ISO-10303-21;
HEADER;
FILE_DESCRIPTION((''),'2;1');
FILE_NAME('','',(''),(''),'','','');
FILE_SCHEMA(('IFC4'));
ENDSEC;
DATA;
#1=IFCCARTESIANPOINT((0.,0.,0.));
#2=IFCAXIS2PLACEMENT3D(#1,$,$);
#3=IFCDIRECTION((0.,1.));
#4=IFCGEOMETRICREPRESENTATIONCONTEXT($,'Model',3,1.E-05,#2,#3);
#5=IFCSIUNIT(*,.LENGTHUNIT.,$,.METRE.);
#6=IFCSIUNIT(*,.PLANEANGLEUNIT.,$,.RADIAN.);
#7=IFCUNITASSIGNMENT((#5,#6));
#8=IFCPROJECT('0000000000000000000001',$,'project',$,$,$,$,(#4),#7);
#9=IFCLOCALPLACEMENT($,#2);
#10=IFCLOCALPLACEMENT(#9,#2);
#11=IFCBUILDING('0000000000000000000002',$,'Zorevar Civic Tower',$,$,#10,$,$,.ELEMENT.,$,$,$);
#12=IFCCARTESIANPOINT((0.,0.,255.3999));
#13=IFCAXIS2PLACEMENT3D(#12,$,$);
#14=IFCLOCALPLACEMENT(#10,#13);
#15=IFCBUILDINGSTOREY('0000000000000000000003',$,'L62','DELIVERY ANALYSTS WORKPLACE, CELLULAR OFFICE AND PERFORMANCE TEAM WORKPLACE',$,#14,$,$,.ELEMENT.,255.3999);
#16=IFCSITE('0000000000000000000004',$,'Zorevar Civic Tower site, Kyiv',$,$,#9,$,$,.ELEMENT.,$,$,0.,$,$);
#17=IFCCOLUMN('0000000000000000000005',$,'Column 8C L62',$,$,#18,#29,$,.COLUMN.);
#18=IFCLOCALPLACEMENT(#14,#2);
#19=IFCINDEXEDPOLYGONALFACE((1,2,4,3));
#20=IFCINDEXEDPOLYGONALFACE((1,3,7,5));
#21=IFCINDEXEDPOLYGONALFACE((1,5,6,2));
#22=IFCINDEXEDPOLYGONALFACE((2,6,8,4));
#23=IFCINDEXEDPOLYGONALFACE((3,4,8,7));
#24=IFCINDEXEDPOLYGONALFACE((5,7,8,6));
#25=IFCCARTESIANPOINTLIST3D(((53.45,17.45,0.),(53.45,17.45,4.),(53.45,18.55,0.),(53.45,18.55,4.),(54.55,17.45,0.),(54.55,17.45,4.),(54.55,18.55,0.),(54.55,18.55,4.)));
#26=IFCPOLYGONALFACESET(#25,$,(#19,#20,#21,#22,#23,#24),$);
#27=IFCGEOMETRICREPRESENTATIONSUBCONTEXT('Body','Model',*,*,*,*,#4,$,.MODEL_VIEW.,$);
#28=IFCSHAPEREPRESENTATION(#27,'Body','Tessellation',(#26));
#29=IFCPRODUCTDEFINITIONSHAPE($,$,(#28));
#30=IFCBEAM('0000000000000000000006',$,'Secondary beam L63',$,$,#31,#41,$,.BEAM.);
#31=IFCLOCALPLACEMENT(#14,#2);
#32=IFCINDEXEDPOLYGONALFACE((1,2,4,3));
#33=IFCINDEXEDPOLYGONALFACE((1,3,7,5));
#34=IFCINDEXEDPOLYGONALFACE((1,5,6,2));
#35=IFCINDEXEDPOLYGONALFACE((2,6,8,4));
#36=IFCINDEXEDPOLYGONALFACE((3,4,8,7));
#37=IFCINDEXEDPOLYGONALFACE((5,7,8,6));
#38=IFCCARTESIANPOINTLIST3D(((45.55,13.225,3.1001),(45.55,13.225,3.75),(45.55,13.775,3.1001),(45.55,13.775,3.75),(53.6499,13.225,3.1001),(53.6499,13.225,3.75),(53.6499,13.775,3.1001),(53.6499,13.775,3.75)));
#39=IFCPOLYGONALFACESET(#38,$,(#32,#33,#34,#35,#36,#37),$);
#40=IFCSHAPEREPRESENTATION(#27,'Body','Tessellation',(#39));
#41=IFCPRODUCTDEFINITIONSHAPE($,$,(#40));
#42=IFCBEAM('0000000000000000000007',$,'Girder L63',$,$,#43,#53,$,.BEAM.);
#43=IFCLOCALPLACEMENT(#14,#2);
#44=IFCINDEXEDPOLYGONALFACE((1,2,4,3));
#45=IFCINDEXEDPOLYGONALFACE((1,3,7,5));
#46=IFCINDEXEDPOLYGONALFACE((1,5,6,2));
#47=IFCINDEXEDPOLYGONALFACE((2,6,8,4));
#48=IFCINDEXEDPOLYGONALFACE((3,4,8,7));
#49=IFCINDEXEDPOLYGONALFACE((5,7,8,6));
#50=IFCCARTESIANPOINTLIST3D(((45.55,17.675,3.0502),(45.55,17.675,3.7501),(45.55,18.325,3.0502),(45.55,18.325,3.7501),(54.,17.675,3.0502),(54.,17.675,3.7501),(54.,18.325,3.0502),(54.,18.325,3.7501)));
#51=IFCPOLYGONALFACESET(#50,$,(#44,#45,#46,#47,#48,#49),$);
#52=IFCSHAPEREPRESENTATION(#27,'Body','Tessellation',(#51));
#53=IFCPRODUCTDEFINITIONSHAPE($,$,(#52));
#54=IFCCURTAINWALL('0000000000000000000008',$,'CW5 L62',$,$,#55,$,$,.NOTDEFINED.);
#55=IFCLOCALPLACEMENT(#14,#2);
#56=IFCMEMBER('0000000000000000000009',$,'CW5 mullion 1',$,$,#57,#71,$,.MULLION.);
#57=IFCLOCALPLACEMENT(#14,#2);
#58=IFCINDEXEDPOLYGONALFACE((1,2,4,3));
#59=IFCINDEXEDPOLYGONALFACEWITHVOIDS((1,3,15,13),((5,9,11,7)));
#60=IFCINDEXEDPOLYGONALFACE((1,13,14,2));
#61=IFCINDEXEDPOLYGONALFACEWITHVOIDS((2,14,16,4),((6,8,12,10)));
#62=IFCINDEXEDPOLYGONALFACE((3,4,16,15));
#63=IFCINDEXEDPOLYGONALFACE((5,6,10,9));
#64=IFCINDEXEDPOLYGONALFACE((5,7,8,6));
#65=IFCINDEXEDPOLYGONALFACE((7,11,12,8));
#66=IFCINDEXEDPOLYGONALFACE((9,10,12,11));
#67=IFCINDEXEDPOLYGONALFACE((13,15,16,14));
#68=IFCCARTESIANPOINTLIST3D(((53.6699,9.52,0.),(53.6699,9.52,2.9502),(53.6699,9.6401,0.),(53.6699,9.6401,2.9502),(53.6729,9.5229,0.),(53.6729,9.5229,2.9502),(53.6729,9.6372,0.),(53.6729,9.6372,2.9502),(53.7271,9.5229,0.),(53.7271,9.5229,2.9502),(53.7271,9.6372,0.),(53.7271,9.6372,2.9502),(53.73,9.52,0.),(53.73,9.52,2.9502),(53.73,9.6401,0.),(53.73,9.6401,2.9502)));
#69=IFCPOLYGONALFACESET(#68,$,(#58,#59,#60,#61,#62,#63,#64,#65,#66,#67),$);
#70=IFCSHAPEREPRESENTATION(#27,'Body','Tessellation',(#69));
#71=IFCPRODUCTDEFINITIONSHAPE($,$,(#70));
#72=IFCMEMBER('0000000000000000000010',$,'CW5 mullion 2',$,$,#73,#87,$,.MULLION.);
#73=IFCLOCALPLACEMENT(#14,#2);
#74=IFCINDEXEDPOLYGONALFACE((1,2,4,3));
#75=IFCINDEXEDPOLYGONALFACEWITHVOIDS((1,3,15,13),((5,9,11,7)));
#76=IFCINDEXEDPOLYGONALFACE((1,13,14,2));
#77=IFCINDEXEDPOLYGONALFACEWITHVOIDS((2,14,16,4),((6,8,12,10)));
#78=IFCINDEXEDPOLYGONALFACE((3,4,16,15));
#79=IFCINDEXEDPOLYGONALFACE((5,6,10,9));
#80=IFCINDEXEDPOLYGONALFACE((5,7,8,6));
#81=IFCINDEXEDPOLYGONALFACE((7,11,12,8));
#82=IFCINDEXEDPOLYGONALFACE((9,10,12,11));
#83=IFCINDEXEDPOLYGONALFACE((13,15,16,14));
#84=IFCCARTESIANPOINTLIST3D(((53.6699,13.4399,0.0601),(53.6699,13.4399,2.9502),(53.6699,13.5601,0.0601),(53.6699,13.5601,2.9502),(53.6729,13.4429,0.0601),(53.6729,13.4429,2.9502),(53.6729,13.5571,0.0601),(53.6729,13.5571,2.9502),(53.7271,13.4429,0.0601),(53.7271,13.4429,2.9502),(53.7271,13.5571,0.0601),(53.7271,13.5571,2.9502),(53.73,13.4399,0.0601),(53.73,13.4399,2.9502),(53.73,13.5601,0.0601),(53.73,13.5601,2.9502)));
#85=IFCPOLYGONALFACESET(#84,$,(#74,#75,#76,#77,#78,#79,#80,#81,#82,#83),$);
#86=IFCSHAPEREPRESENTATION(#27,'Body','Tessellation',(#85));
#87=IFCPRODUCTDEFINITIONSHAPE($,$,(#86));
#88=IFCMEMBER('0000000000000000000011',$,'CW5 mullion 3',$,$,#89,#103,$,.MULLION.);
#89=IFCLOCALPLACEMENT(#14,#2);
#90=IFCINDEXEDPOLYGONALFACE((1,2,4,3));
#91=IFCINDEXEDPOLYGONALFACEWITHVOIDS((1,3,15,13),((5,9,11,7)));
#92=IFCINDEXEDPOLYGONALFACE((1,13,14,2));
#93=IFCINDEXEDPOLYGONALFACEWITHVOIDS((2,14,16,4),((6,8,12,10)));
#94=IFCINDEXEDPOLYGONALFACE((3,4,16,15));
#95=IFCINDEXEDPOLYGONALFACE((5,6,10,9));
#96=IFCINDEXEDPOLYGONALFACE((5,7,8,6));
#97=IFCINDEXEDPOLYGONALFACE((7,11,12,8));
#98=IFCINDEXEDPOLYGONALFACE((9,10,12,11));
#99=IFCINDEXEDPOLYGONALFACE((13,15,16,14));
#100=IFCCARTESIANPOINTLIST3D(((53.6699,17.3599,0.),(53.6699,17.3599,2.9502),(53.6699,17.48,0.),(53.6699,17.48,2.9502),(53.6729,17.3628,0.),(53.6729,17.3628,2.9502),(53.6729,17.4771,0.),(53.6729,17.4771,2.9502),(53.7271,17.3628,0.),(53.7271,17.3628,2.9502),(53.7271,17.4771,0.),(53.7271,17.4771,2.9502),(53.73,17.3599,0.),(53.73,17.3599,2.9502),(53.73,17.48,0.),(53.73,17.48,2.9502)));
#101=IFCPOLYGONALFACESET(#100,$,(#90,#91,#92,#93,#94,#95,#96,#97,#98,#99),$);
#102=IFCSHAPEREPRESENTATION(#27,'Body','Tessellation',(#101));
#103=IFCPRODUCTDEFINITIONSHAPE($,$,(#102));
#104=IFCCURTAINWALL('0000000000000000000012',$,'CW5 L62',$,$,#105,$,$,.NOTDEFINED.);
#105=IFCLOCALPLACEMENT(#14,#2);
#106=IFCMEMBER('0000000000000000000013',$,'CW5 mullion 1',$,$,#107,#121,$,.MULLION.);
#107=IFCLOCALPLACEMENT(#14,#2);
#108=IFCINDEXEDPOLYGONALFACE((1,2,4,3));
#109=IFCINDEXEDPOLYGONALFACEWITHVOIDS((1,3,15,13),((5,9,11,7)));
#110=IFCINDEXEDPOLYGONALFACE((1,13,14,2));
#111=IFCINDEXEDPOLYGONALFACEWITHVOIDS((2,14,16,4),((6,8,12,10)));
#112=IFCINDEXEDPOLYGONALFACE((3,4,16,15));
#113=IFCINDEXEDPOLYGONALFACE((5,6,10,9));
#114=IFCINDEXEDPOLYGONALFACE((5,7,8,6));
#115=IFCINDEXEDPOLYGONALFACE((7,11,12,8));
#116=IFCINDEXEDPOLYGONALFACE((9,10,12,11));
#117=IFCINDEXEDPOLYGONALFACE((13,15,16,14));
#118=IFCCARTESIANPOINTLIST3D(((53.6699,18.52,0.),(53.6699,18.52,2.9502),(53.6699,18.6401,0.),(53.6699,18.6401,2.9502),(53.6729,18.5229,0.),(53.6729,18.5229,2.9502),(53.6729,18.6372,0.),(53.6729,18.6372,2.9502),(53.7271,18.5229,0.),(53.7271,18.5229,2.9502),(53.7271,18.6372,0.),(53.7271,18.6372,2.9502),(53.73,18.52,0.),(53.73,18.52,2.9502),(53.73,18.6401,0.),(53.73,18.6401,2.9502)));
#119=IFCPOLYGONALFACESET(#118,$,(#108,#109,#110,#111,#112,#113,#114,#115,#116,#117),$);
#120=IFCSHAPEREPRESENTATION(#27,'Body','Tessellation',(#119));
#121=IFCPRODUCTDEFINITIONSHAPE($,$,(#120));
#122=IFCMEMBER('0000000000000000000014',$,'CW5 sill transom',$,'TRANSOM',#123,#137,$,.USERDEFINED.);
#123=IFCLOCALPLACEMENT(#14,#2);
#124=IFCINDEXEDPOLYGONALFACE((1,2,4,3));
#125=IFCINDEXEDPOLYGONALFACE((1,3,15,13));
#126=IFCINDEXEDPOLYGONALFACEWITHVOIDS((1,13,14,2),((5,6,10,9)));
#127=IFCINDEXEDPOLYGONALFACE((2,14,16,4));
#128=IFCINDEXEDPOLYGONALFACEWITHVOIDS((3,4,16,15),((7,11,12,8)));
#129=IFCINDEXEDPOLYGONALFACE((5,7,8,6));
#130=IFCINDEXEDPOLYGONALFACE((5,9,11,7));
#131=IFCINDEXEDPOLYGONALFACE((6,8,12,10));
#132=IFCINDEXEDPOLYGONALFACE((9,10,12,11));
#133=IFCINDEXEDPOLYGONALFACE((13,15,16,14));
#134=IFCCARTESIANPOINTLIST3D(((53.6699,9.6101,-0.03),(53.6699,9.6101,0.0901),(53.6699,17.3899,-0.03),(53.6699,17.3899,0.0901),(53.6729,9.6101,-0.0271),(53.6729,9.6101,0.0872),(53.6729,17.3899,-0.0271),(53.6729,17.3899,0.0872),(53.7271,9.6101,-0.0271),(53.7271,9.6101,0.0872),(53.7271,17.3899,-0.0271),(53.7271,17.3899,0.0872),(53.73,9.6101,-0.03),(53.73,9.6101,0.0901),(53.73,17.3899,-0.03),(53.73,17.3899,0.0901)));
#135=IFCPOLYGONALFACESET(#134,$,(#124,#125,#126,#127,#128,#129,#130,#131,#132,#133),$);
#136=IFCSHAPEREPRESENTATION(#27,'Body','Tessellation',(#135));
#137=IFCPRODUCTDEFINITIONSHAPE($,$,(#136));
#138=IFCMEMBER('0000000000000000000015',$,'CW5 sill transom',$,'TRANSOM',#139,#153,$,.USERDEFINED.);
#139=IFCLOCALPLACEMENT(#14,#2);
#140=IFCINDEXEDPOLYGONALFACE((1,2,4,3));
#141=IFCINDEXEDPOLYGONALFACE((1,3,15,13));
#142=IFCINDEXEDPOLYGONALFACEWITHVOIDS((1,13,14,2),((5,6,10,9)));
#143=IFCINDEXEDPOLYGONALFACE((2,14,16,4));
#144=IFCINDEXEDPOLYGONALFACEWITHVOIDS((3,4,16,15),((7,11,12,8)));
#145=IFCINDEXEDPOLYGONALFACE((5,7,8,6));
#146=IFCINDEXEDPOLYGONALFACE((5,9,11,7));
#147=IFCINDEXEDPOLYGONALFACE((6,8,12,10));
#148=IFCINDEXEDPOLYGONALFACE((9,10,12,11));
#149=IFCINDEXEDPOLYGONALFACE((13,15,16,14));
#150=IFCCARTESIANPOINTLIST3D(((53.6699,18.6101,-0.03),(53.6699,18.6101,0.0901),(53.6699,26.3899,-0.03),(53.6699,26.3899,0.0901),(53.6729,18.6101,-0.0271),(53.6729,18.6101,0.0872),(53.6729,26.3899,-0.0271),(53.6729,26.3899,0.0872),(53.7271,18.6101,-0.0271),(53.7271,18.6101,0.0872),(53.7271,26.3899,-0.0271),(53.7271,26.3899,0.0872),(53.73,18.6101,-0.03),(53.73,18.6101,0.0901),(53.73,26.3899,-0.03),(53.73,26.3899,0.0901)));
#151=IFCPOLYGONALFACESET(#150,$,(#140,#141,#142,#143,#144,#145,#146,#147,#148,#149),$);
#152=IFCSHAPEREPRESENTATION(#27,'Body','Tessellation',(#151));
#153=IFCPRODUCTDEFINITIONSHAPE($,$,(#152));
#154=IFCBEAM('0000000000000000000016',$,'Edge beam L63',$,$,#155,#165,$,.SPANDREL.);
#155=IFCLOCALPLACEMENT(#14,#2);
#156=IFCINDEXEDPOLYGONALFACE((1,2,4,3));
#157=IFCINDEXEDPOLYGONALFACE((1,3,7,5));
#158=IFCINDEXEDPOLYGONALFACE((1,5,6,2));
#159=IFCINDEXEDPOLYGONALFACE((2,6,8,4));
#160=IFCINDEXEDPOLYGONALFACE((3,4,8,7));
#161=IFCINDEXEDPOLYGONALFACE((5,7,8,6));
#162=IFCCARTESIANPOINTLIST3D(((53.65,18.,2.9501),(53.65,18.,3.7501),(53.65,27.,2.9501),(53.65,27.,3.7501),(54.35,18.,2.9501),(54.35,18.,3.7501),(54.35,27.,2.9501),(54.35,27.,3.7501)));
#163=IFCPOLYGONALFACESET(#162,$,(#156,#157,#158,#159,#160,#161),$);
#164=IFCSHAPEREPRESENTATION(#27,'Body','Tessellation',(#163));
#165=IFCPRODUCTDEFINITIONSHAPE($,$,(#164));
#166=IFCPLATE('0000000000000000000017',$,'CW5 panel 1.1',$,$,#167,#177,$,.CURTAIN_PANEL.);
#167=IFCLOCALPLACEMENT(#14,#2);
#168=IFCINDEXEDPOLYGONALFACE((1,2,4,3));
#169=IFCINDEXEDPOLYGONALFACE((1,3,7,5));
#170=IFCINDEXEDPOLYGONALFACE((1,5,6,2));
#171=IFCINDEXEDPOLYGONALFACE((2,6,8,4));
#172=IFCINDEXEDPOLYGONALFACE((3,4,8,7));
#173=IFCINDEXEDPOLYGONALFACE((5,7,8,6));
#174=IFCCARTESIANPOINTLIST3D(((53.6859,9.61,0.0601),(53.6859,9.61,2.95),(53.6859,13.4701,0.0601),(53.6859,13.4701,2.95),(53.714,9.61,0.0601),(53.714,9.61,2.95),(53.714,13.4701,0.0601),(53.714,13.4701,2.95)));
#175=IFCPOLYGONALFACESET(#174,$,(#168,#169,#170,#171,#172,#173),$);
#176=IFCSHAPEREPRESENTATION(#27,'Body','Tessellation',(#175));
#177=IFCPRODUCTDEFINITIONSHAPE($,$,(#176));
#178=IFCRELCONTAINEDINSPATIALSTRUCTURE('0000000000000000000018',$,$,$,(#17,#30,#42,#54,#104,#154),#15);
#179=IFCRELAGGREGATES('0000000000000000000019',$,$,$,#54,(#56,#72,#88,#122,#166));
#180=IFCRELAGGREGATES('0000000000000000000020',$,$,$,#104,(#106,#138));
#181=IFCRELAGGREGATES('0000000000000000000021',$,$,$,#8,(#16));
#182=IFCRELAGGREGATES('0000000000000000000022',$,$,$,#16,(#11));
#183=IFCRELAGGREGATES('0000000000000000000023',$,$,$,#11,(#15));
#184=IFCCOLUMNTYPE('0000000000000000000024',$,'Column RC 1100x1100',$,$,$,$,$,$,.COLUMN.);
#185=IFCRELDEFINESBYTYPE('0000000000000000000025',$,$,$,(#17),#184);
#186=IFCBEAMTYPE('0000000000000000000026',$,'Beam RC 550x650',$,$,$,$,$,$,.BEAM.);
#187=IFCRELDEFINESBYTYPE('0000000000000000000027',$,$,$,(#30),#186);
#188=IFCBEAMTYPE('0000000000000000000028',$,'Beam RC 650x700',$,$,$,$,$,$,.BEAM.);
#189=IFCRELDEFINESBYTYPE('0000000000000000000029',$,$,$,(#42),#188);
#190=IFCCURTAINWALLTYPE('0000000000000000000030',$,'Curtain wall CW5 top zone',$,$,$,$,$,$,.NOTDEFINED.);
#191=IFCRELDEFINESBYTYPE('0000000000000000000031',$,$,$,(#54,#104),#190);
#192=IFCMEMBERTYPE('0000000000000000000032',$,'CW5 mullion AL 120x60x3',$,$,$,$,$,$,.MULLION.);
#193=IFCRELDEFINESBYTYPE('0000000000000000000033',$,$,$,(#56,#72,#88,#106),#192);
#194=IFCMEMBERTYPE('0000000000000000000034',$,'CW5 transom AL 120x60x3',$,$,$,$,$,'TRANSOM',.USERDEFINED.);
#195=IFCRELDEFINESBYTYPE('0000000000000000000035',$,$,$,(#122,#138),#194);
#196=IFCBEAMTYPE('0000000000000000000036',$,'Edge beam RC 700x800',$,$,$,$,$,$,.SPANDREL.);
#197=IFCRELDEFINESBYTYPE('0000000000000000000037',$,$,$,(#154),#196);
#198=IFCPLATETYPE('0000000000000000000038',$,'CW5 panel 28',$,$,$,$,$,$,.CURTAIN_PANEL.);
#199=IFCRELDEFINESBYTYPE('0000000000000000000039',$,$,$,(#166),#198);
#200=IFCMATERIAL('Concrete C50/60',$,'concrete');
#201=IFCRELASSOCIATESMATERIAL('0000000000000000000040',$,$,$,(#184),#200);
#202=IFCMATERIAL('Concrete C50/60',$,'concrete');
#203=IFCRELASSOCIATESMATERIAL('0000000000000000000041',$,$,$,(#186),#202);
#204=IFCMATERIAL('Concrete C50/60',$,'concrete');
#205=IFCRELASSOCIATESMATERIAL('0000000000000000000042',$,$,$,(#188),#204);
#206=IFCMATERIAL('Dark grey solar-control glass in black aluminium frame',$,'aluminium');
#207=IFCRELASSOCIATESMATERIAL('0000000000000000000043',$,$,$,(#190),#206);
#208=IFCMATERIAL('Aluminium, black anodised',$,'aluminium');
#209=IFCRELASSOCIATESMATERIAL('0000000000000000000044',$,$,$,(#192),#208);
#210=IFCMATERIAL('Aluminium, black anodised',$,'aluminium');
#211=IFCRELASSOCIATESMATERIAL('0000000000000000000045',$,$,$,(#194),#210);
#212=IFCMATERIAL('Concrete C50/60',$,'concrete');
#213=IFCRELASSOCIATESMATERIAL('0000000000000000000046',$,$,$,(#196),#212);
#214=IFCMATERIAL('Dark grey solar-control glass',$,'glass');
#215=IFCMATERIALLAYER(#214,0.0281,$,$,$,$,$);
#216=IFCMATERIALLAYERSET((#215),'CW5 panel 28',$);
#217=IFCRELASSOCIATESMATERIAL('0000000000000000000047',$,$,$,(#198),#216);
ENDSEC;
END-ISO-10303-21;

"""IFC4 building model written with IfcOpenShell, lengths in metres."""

from ifc_helpers import new_model, si_unit, direction, frame, origin, origin_2d, place, context, subcontext, project, spatial, rectangle, hollow_rectangle, extrude, material, layer, layer_set, material_profile, profile_set, type_object, element, aggregate, save


model = new_model("IFC4")

# Units and contexts
model_context = context("Model", 3, precision=1e-05, world=origin(), true_north=direction((0.0, 1.0)))
body_context = subcontext(model_context, "Body", "Model", "MODEL_VIEW")
ifc_project = project(units=[si_unit("LENGTHUNIT", "METRE"), si_unit("PLANEANGLEUNIT", "RADIAN")], contexts=[model_context])

# Site, building, storey
site_placement = place(None, origin())
site = spatial("IfcSite", under=ifc_project, at=site_placement, Name="Zorevar Civic Tower site, Kyiv", CompositionType="ELEMENT", RefElevation=0.0)
building_placement = place(site_placement, origin())
building = spatial("IfcBuilding", under=site, at=building_placement, Name="Zorevar Civic Tower", CompositionType="ELEMENT")
storey_placement = place(building_placement, frame((0.0, 0.0, 255.3999)))
storey = spatial("IfcBuildingStorey", under=building, at=storey_placement, Name="L62", Description="DELIVERY ANALYSTS WORKPLACE, CELLULAR OFFICE AND PERFORMANCE TEAM WORKPLACE", CompositionType="ELEMENT", Elevation=255.3999)

# Column
ifc_material_1 = material(Name="Concrete C50/60", Category="concrete")
ifc_material_profile_1 = material_profile(ifc_material_1, rectangle(XDim=1.1001, YDim=1.1001, at=origin_2d()), Name="RC 1100x1100")
ifc_profile_set_1 = profile_set([ifc_material_profile_1], Name="Concrete C50/60")
column_type = type_object("IfcColumnType", Name="Column RC 1100x1100", PredefinedType="COLUMN", material=ifc_profile_set_1)
column_placement = place(storey_placement, frame((54.0, 18.0, 0.0), z_axis=(0.0, 0.0, 1.0), x_axis=(1.0, 0.0, 0.0)))
element("IfcColumn", 1, at=column_placement, inside=storey, type_object=column_type, Name="Column 8C L62", PredefinedType="COLUMN", context=body_context, shape_type="SweptSolid", body=[
    extrude(rectangle(XDim=1.1001, YDim=1.1001, at=origin_2d()), origin(), (0.0, 0.0, 1.0), 4.0),
])

# Beams
ifc_material_2 = material(Name="Concrete C50/60", Category="concrete")
ifc_material_profile_2 = material_profile(ifc_material_2, rectangle(XDim=0.55, YDim=0.6499, at=origin_2d()), Name="RC 550x650")
ifc_profile_set_2 = profile_set([ifc_material_profile_2], Name="Concrete C50/60")
beam_type_1 = type_object("IfcBeamType", Name="Beam RC 550x650", PredefinedType="BEAM", material=ifc_profile_set_2)
beam_1_placement = place(storey_placement, frame((45.55, 13.5, 3.425), z_axis=(1.0, 0.0, 0.0), x_axis=(0.0, 1.0, 0.0)))
element("IfcBeam", 2, at=beam_1_placement, inside=storey, type_object=beam_type_1, Name="Secondary beam L63", PredefinedType="BEAM", context=body_context, shape_type="SweptSolid", body=[
    extrude(rectangle(XDim=0.55, YDim=0.6499, at=origin_2d()), origin(), (0.0, 0.0, 1.0), 8.0999),
])
ifc_material_3 = material(Name="Concrete C50/60", Category="concrete")
ifc_material_profile_3 = material_profile(ifc_material_3, rectangle(XDim=0.6499, YDim=0.7, at=origin_2d()), Name="RC 650x700")
ifc_profile_set_3 = profile_set([ifc_material_profile_3], Name="Concrete C50/60")
beam_type_2 = type_object("IfcBeamType", Name="Beam RC 650x700", PredefinedType="BEAM", material=ifc_profile_set_3)
beam_2_placement = place(storey_placement, frame((45.55, 18.0, 3.4001), z_axis=(1.0, 0.0, 0.0), x_axis=(0.0, 1.0, 0.0)))
element("IfcBeam", 3, at=beam_2_placement, inside=storey, type_object=beam_type_2, Name="Girder L63", PredefinedType="BEAM", context=body_context, shape_type="SweptSolid", body=[
    extrude(rectangle(XDim=0.6499, YDim=0.7, at=origin_2d()), origin(), (0.0, 0.0, 1.0), 8.45),
])

# Curtain wall, members
ifc_material_4 = material(Name="Dark grey solar-control glass in black aluminium frame", Category="aluminium")
curtain_wall_type = type_object("IfcCurtainWallType", Name="Curtain wall CW5 top zone", PredefinedType="NOTDEFINED", material=ifc_material_4)
curtain_wall_1_placement = place(storey_placement, origin())
curtain_wall_1 = element("IfcCurtainWall", 4, at=curtain_wall_1_placement, inside=storey, type_object=curtain_wall_type, Name="CW5 L62", PredefinedType="NOTDEFINED")
ifc_material_5 = material(Name="Aluminium, black anodised", Category="aluminium")
ifc_material_profile_4 = material_profile(ifc_material_5, hollow_rectangle(XDim=0.0601, YDim=0.1201, WallThickness=0.0029, at=origin_2d()), Name="AL 120x60x3")
ifc_profile_set_4 = profile_set([ifc_material_profile_4], Name="Aluminium, black anodised")
member_type_1 = type_object("IfcMemberType", Name="CW5 mullion AL 120x60x3", PredefinedType="MULLION", material=ifc_profile_set_4)
member_1_placement = place(storey_placement, frame((53.7, 9.5801, 0.0), z_axis=(0.0, 0.0, 1.0), x_axis=(-1.0, 0.0, 0.0)))
member_1 = element("IfcMember", 5, at=member_1_placement, type_object=member_type_1, Name="CW5 mullion 1", PredefinedType="MULLION", context=body_context, shape_type="SweptSolid", body=[
    extrude(hollow_rectangle(XDim=0.0601, YDim=0.1201, WallThickness=0.0029, at=origin_2d()), origin(), (0.0, 0.0, 1.0), 2.9502),
])
member_2_placement = place(storey_placement, frame((53.7, 13.5, 0.0601), z_axis=(0.0, 0.0, 1.0), x_axis=(-1.0, 0.0, 0.0)))
member_2 = element("IfcMember", 6, at=member_2_placement, type_object=member_type_1, Name="CW5 mullion 2", PredefinedType="MULLION", context=body_context, shape_type="SweptSolid", body=[
    extrude(hollow_rectangle(XDim=0.0601, YDim=0.1201, WallThickness=0.0029, at=origin_2d()), origin(), (0.0, 0.0, 1.0), 2.8901),
])
member_3_placement = place(storey_placement, frame((53.7, 17.4199, 0.0), z_axis=(0.0, 0.0, 1.0), x_axis=(-1.0, 0.0, 0.0)))
member_3 = element("IfcMember", 7, at=member_3_placement, type_object=member_type_1, Name="CW5 mullion 3", PredefinedType="MULLION", context=body_context, shape_type="SweptSolid", body=[
    extrude(hollow_rectangle(XDim=0.0601, YDim=0.1201, WallThickness=0.0029, at=origin_2d()), origin(), (0.0, 0.0, 1.0), 2.9502),
])

# Curtain wall, member
curtain_wall_2_placement = place(storey_placement, origin())
curtain_wall_2 = element("IfcCurtainWall", 8, at=curtain_wall_2_placement, inside=storey, type_object=curtain_wall_type, Name="CW5 L62", PredefinedType="NOTDEFINED")
member_4_placement = place(storey_placement, frame((53.7, 18.5801, 0.0), z_axis=(0.0, 0.0, 1.0), x_axis=(-1.0, 0.0, 0.0)))
member_4 = element("IfcMember", 9, at=member_4_placement, type_object=member_type_1, Name="CW5 mullion 1", PredefinedType="MULLION", context=body_context, shape_type="SweptSolid", body=[
    extrude(hollow_rectangle(XDim=0.0601, YDim=0.1201, WallThickness=0.0029, at=origin_2d()), origin(), (0.0, 0.0, 1.0), 2.9502),
])

# Members
ifc_material_6 = material(Name="Aluminium, black anodised", Category="aluminium")
ifc_material_profile_5 = material_profile(ifc_material_6, hollow_rectangle(XDim=0.0601, YDim=0.1201, WallThickness=0.0029, at=origin_2d()), Name="AL 120x60x3")
ifc_profile_set_5 = profile_set([ifc_material_profile_5], Name="Aluminium, black anodised")
member_type_2 = type_object("IfcMemberType", Name="CW5 transom AL 120x60x3", ElementType="TRANSOM", PredefinedType="USERDEFINED", material=ifc_profile_set_5)
member_5_placement = place(storey_placement, frame((53.7, 9.6101, 0.03), z_axis=(0.0, 1.0, 0.0), x_axis=(-1.0, 0.0, 0.0)))
member_5 = element("IfcMember", 10, at=member_5_placement, type_object=member_type_2, Name="CW5 sill transom", ObjectType="TRANSOM", PredefinedType="USERDEFINED", context=body_context, shape_type="SweptSolid", body=[
    extrude(hollow_rectangle(XDim=0.0601, YDim=0.1201, WallThickness=0.0029, at=origin_2d()), origin(), (0.0, 0.0, 1.0), 7.7798),
])
member_6_placement = place(storey_placement, frame((53.7, 18.6101, 0.03), z_axis=(0.0, 1.0, 0.0), x_axis=(-1.0, 0.0, 0.0)))
member_6 = element("IfcMember", 11, at=member_6_placement, type_object=member_type_2, Name="CW5 sill transom", ObjectType="TRANSOM", PredefinedType="USERDEFINED", context=body_context, shape_type="SweptSolid", body=[
    extrude(hollow_rectangle(XDim=0.0601, YDim=0.1201, WallThickness=0.0029, at=origin_2d()), origin(), (0.0, 0.0, 1.0), 7.7798),
])

# Beam
ifc_material_7 = material(Name="Concrete C50/60", Category="concrete")
ifc_material_profile_6 = material_profile(ifc_material_7, rectangle(XDim=0.7, YDim=0.8, at=origin_2d()), Name="RC 700x800")
ifc_profile_set_6 = profile_set([ifc_material_profile_6], Name="Concrete C50/60")
beam_type_3 = type_object("IfcBeamType", Name="Edge beam RC 700x800", PredefinedType="SPANDREL", material=ifc_profile_set_6)
beam_3_placement = place(storey_placement, frame((54.0, 18.0, 3.3501), z_axis=(0.0, 1.0, 0.0), x_axis=(-1.0, 0.0, 0.0)))
element("IfcBeam", 12, at=beam_3_placement, inside=storey, type_object=beam_type_3, Name="Edge beam L63", PredefinedType="SPANDREL", context=body_context, shape_type="SweptSolid", body=[
    extrude(rectangle(XDim=0.7, YDim=0.8, at=origin_2d()), origin(), (0.0, 0.0, 1.0), 9.0),
])

# Plate
ifc_material_8 = material(Name="Dark grey solar-control glass", Category="glass")
ifc_layer_1 = layer(ifc_material_8, 0.0281)
ifc_layer_set_1 = layer_set([ifc_layer_1], Name="CW5 panel 28")
plate_type = type_object("IfcPlateType", Name="CW5 panel 28", PredefinedType="CURTAIN_PANEL", material=ifc_layer_set_1)
plate_1_placement = place(storey_placement, frame((53.7, 11.54, 0.0601), z_axis=(0.0, 0.0, 1.0), x_axis=(0.0, 1.0, 0.0)))
plate_1 = element("IfcPlate", 13, at=plate_1_placement, type_object=plate_type, Name="CW5 panel 1.1", PredefinedType="CURTAIN_PANEL", context=body_context, shape_type="SweptSolid", body=[
    extrude(rectangle(XDim=3.8601, YDim=0.0281, at=origin_2d()), origin(), (0.0, 0.0, 1.0), 2.8899),
])
aggregate(curtain_wall_1, [member_1, member_2, member_3, member_5, plate_1])
aggregate(curtain_wall_2, [member_4, member_6])

save(model, "model.ifc")
